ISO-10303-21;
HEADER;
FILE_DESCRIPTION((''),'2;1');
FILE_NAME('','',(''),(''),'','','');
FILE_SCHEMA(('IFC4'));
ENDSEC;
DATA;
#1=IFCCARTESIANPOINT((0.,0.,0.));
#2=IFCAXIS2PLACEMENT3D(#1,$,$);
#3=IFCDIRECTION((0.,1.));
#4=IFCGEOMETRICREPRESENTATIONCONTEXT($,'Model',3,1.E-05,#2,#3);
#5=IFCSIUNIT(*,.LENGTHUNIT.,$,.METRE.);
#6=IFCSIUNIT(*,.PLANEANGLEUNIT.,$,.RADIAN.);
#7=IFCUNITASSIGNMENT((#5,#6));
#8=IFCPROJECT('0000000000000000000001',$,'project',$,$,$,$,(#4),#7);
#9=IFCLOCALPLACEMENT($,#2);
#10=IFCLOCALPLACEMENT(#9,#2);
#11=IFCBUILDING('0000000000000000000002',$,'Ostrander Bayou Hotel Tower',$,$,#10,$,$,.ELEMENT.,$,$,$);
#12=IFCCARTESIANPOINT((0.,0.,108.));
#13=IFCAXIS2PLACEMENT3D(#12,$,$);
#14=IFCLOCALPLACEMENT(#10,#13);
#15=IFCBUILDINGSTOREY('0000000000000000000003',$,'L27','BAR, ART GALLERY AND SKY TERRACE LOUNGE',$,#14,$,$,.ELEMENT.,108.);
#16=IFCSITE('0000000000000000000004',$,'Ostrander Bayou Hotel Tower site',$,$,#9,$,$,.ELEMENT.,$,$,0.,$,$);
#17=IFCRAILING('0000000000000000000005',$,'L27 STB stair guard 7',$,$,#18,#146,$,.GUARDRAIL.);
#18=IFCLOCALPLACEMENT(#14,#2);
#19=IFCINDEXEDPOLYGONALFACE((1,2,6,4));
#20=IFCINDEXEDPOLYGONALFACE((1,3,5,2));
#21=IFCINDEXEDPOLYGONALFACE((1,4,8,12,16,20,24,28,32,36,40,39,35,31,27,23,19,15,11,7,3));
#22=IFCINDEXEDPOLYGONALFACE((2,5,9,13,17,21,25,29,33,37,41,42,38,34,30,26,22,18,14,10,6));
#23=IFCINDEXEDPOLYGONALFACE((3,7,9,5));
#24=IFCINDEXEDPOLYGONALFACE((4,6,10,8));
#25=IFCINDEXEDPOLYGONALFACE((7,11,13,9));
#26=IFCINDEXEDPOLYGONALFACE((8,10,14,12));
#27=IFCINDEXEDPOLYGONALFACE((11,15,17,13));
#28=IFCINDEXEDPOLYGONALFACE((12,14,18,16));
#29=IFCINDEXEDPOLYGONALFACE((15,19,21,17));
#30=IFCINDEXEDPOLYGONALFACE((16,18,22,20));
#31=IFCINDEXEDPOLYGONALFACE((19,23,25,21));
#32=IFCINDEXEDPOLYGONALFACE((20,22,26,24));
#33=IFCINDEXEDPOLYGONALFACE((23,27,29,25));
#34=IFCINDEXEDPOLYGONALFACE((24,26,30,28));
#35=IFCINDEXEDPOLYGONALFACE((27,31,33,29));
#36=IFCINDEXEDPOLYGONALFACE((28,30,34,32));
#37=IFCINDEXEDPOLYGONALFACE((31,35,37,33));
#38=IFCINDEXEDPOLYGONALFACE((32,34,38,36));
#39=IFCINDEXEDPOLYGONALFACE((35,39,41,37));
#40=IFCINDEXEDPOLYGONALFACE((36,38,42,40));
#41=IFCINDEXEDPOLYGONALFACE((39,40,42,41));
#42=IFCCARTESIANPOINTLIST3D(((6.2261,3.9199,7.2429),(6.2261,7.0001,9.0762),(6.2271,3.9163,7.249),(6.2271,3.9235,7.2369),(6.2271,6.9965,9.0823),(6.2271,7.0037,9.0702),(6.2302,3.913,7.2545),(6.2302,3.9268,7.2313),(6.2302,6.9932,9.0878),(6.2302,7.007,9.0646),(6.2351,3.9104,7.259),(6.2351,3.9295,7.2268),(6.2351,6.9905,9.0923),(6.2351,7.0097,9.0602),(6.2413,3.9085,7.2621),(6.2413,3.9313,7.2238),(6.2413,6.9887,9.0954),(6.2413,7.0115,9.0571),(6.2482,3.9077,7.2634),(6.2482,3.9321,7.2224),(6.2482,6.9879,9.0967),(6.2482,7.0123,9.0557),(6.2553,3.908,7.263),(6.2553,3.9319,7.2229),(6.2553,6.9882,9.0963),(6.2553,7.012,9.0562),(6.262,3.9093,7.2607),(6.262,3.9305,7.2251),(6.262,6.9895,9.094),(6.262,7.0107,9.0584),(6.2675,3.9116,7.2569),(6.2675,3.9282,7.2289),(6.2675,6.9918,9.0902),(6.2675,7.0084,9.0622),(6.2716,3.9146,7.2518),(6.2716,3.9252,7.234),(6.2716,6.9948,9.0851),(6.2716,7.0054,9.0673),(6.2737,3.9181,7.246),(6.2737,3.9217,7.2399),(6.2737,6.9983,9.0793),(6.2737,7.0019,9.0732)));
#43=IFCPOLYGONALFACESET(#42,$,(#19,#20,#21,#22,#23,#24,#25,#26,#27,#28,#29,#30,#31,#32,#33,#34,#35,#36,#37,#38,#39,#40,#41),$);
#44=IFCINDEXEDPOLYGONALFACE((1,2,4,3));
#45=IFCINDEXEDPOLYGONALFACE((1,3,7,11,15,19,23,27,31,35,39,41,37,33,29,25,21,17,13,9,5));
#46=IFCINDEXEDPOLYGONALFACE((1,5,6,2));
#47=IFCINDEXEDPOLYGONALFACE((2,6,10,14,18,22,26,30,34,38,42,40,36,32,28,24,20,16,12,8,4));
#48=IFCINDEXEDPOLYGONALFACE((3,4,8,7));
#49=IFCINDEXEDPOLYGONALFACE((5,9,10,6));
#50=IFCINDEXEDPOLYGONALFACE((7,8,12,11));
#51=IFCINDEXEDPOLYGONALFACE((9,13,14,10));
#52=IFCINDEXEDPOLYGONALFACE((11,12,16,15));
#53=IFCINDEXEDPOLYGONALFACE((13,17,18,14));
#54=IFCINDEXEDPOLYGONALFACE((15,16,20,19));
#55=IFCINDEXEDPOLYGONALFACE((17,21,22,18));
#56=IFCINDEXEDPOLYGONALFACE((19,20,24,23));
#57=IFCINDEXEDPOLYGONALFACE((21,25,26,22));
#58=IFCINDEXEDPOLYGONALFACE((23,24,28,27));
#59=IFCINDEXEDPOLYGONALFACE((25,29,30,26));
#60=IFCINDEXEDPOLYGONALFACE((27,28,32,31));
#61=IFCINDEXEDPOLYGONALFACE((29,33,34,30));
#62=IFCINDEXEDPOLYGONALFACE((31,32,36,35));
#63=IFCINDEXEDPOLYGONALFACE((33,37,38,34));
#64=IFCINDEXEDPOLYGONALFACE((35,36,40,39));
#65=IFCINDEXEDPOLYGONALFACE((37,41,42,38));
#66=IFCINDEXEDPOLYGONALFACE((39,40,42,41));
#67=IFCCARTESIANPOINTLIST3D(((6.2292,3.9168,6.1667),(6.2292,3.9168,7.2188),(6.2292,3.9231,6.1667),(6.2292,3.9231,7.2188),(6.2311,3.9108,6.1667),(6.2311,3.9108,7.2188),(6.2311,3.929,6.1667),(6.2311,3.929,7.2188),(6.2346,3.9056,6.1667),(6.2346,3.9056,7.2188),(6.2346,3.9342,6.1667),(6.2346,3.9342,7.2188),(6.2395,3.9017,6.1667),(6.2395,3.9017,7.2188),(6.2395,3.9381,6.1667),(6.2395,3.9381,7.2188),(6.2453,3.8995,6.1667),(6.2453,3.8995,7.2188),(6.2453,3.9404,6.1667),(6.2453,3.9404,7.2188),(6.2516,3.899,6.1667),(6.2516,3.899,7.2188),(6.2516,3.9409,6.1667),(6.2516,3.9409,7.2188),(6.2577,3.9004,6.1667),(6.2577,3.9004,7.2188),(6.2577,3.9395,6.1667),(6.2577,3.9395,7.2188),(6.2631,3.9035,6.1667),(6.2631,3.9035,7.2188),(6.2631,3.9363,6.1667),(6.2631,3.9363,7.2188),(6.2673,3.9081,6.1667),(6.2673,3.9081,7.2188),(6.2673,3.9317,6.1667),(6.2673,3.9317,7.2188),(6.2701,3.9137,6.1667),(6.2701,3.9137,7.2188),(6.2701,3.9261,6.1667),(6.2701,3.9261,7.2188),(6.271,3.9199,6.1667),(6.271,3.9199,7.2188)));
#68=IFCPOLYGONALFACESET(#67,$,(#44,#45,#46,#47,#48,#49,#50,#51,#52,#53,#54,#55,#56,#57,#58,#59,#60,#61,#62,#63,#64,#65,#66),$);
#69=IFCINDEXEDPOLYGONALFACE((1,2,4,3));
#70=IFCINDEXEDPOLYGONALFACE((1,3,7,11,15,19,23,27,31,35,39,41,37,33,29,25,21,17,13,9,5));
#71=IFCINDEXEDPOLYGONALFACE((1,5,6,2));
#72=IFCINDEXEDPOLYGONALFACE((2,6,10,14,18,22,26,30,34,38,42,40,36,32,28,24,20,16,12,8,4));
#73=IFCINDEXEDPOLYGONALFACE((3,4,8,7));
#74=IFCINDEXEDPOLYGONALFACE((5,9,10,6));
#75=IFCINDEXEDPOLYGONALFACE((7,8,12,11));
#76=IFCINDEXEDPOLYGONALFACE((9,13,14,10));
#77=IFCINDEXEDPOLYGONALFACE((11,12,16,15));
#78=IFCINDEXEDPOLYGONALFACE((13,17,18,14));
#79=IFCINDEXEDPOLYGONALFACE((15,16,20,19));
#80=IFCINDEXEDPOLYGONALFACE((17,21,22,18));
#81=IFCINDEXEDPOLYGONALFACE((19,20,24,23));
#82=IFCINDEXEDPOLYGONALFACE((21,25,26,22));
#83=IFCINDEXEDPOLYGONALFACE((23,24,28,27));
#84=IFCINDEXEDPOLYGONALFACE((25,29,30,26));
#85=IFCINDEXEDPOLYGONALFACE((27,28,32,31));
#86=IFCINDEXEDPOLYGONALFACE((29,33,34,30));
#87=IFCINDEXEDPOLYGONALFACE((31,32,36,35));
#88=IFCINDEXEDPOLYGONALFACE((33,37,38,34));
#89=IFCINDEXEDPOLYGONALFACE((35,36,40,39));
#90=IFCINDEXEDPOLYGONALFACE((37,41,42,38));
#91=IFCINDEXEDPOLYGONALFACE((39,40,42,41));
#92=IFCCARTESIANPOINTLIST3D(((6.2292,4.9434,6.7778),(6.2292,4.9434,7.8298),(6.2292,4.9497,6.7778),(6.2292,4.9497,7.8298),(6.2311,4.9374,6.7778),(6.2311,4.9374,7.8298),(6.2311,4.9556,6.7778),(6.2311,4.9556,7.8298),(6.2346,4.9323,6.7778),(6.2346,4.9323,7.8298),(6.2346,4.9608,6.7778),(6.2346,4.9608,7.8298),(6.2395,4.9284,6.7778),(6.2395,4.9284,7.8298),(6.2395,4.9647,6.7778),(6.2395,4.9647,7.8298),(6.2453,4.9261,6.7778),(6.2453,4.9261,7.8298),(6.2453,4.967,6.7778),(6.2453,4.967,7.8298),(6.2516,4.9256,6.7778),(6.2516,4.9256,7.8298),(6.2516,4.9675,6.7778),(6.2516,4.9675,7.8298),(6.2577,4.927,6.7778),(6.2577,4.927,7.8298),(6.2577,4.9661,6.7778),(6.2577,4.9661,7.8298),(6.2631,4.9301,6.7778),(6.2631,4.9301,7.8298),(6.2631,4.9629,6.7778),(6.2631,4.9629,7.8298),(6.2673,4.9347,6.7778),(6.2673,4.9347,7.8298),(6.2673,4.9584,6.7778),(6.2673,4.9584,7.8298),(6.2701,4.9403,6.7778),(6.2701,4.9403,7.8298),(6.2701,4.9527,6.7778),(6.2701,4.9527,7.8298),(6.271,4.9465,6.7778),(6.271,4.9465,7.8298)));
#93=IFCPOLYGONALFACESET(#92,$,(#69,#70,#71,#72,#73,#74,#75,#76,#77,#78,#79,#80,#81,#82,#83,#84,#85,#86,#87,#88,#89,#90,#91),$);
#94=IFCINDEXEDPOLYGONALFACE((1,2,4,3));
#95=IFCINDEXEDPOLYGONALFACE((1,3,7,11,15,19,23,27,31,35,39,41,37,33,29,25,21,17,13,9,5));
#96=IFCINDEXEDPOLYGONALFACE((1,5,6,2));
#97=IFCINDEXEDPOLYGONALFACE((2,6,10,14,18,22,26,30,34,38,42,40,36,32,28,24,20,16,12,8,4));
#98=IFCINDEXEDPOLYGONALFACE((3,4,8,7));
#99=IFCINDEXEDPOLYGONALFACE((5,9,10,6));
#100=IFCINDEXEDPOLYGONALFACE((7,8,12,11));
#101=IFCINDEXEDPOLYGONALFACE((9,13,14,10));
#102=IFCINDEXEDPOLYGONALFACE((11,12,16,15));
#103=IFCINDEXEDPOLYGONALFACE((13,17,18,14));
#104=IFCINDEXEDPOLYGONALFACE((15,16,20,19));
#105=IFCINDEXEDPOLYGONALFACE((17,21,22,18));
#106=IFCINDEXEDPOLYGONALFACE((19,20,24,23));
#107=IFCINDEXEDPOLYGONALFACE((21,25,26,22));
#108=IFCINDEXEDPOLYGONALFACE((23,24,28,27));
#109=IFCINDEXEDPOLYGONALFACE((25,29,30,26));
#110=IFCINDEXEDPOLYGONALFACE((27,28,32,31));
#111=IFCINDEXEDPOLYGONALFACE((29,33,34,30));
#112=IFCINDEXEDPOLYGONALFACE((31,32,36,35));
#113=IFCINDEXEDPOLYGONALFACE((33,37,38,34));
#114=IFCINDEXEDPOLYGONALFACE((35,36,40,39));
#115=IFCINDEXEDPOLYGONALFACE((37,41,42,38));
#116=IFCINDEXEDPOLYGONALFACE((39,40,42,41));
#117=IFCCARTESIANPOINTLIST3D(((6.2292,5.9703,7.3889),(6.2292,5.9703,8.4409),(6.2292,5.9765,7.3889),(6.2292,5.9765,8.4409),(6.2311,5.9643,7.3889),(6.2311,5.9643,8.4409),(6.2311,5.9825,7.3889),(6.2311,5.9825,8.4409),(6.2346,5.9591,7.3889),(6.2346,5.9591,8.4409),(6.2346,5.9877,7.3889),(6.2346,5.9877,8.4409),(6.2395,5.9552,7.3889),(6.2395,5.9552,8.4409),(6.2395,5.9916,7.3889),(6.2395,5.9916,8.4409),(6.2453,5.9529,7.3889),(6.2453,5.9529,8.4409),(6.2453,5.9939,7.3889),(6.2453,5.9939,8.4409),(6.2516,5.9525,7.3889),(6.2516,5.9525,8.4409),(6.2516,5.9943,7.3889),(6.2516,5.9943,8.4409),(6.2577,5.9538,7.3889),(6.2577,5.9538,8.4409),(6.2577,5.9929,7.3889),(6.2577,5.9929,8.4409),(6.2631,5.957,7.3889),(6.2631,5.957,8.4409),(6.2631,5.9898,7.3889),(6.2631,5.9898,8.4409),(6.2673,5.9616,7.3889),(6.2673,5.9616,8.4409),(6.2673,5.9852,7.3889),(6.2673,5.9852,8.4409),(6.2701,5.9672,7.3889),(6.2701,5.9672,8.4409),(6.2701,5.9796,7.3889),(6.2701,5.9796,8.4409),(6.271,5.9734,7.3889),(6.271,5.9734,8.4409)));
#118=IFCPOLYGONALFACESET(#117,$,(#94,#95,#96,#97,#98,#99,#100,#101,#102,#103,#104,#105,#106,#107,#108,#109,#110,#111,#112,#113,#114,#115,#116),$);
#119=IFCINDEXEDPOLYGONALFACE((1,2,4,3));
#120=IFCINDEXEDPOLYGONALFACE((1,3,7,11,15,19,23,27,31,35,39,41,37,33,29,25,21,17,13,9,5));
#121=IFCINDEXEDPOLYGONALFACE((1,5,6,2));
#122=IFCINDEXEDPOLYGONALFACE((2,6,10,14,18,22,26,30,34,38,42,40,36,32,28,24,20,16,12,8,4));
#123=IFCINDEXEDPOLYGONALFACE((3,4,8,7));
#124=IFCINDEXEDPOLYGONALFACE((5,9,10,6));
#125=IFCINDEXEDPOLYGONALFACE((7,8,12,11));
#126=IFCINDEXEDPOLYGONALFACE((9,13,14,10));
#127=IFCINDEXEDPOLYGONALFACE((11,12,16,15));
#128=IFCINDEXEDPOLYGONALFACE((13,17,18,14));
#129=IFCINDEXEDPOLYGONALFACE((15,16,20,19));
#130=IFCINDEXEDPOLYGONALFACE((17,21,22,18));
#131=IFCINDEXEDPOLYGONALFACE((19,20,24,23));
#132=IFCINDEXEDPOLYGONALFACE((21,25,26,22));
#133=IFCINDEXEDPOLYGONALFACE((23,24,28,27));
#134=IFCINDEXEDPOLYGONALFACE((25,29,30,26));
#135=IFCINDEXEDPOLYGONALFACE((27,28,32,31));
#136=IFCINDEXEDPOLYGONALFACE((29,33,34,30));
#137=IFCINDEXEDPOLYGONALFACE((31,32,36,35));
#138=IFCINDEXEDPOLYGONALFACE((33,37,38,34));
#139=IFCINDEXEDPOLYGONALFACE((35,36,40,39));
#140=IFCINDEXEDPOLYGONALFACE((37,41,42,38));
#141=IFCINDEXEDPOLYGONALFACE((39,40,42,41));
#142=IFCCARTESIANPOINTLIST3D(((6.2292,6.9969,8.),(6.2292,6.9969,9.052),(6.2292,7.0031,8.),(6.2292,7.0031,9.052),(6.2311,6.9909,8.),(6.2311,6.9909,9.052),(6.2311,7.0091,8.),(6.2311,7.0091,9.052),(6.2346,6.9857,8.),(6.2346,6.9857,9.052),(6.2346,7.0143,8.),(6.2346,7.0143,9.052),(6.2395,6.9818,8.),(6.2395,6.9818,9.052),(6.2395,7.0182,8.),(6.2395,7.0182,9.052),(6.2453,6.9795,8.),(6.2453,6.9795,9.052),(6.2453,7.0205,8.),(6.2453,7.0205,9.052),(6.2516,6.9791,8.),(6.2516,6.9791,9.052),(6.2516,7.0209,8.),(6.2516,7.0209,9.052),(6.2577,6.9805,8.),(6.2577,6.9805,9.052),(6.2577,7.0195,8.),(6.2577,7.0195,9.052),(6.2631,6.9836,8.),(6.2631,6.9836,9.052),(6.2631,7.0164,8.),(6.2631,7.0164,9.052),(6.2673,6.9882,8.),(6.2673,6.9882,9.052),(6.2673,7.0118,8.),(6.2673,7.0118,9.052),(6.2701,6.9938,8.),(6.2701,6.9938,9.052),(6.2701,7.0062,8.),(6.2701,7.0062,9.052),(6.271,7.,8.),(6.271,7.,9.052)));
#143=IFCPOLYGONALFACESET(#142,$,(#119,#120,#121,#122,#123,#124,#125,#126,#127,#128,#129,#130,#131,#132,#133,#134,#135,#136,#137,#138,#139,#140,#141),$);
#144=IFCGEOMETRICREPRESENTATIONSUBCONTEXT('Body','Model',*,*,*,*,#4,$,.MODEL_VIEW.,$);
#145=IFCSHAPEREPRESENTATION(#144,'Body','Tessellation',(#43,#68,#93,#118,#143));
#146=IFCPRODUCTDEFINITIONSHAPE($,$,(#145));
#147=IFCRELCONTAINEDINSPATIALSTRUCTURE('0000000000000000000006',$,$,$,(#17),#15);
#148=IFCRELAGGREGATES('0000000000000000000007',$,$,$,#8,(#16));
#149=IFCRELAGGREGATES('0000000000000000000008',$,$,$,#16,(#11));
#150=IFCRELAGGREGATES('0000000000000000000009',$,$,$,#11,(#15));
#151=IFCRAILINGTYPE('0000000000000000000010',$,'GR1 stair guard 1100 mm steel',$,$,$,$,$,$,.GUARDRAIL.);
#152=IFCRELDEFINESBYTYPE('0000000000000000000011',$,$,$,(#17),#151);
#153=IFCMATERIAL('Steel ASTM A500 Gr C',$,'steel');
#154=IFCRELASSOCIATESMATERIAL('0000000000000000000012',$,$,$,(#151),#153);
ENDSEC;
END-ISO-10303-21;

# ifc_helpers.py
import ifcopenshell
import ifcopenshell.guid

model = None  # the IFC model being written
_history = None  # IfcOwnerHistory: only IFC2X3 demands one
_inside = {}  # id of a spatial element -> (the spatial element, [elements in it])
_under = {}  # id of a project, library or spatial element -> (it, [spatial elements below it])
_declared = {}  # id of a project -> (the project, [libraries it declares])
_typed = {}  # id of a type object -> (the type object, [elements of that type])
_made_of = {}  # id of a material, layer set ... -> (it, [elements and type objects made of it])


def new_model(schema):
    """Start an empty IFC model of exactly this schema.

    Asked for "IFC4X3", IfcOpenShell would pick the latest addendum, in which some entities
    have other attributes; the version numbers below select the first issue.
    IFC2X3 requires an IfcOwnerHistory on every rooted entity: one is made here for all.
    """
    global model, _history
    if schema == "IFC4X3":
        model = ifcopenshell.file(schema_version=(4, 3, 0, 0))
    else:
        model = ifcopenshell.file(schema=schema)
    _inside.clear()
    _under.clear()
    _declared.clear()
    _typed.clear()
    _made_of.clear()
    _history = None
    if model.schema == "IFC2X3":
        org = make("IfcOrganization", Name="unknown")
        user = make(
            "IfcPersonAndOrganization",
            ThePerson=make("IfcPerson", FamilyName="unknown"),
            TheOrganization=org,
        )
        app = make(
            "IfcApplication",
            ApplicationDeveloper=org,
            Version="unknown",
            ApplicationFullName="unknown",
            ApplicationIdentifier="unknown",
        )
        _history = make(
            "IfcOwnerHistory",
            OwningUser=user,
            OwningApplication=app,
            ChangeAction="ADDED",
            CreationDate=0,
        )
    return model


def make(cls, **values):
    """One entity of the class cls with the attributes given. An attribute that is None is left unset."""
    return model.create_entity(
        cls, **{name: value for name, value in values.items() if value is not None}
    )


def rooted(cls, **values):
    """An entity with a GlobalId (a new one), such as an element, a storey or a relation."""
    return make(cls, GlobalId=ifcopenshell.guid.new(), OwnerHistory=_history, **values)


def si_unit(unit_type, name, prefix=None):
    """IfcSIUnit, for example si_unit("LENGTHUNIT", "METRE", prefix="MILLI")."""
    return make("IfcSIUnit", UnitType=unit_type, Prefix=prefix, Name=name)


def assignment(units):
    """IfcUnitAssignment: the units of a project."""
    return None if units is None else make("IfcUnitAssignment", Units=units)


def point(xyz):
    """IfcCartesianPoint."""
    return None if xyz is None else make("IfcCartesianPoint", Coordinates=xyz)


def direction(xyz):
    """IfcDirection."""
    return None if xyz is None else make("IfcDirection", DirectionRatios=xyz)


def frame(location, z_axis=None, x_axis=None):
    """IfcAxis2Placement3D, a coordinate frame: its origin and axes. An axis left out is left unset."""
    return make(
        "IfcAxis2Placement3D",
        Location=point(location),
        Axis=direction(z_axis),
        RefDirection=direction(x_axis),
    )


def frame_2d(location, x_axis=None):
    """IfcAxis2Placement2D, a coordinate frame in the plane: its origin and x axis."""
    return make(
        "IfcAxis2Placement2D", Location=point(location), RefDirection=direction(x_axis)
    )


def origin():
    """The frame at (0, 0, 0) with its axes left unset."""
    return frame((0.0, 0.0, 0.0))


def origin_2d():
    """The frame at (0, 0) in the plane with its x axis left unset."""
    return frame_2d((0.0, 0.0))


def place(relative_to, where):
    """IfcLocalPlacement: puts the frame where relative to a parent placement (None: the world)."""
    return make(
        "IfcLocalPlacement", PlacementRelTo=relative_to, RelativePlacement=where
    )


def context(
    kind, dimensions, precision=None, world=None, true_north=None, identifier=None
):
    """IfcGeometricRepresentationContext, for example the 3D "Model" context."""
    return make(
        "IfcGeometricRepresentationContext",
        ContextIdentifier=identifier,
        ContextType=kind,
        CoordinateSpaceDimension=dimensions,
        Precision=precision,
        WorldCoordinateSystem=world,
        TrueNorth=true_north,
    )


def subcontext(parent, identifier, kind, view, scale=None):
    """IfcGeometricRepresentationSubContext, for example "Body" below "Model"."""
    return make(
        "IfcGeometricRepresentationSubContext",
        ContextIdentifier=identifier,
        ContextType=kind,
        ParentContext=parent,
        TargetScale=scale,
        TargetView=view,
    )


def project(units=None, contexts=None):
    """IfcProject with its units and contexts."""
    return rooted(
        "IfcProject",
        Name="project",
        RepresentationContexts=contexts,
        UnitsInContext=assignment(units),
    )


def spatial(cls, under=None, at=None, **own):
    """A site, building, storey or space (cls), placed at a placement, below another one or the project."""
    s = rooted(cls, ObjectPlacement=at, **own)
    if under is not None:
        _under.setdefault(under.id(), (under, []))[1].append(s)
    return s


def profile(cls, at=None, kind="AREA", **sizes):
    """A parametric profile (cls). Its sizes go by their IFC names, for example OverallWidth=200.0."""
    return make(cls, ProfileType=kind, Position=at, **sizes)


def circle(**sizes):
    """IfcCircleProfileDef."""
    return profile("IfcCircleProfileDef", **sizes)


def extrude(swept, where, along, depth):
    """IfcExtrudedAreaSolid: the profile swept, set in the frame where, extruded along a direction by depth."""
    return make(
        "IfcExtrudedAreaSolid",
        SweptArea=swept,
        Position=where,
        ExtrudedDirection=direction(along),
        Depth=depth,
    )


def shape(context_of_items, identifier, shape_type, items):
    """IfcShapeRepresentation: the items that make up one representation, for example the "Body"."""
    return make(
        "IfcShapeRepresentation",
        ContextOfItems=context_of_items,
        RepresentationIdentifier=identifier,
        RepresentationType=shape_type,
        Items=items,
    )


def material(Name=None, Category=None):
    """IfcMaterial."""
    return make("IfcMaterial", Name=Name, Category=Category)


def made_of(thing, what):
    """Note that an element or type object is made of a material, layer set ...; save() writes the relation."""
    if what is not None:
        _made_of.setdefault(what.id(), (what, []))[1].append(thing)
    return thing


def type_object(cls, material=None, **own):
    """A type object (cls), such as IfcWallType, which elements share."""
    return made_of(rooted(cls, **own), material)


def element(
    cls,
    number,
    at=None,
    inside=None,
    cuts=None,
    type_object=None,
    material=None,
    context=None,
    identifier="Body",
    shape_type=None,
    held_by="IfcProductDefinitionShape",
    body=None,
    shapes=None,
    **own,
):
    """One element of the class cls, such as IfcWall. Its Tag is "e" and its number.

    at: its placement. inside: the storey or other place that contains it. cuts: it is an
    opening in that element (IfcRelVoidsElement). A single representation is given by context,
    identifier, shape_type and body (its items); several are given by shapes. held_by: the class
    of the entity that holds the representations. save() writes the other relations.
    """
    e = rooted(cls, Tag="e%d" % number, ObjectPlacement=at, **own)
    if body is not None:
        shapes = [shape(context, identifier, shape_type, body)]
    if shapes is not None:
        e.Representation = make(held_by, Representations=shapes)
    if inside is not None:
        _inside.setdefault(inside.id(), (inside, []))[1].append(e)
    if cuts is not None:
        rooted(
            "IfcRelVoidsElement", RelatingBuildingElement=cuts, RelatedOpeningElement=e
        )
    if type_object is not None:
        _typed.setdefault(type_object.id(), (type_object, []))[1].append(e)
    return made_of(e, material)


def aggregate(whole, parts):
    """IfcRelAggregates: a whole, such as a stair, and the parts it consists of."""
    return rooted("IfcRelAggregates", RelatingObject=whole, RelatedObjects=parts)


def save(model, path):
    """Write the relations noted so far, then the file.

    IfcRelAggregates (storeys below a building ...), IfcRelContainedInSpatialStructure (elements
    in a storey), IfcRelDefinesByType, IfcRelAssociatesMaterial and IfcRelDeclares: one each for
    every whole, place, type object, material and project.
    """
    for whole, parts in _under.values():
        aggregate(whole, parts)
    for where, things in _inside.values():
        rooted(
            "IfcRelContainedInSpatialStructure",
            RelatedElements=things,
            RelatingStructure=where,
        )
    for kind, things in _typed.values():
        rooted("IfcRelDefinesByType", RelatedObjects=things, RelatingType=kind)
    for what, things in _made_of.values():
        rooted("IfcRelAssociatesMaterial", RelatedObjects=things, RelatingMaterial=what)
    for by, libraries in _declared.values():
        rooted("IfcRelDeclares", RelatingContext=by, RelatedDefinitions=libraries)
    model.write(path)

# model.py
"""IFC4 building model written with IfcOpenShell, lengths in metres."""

from ifc_helpers import new_model, si_unit, direction, frame, origin, origin_2d, place, context, subcontext, project, spatial, circle, extrude, material, type_object, element, save


model = new_model("IFC4")

# Units and contexts
model_context = context("Model", 3, precision=1e-05, world=origin(), true_north=direction((0.0, 1.0)))
body_context = subcontext(model_context, "Body", "Model", "MODEL_VIEW")
ifc_project = project(units=[si_unit("LENGTHUNIT", "METRE"), si_unit("PLANEANGLEUNIT", "RADIAN")], contexts=[model_context])

# Site, building, storey
site_placement = place(None, origin())
site = spatial("IfcSite", under=ifc_project, at=site_placement, Name="Ostrander Bayou Hotel Tower site", CompositionType="ELEMENT", RefElevation=0.0)
building_placement = place(site_placement, origin())
building = spatial("IfcBuilding", under=site, at=building_placement, Name="Ostrander Bayou Hotel Tower", CompositionType="ELEMENT")
storey_placement = place(building_placement, frame((0.0, 0.0, 108.0)))
storey = spatial("IfcBuildingStorey", under=building, at=storey_placement, Name="L27", Description="BAR, ART GALLERY AND SKY TERRACE LOUNGE", CompositionType="ELEMENT", Elevation=108.0)

# Railing
ifc_material_1 = material(Name="Steel ASTM A500 Gr C", Category="steel")
railing_type_1 = type_object("IfcRailingType", Name="GR1 stair guard 1100 mm steel", PredefinedType="GUARDRAIL", material=ifc_material_1)
railing_1_placement = place(storey_placement, frame((6.25, 3.9199, 6.1667)))
element("IfcRailing", 1, at=railing_1_placement, inside=storey, type_object=railing_type_1, Name="L27 STB stair guard 7", PredefinedType="GUARDRAIL", context=body_context, shape_type="SweptSolid", body=[
    extrude(circle(Radius=0.0239, at=origin_2d()), frame((0.0, 0.0, 1.0762), z_axis=(0.0, 0.859309, 0.511458), x_axis=(-1.0, 0.0, 0.0)), (0.0, 0.0, 1.0), 3.5845),
    extrude(circle(Radius=0.021, at=origin_2d()), origin(), (0.0, 0.0, 1.0), 1.052),
    extrude(circle(Radius=0.021, at=origin_2d()), frame((0.0, 1.0266, 0.6111)), (0.0, 0.0, 1.0), 1.052),
    extrude(circle(Radius=0.021, at=origin_2d()), frame((0.0, 2.0535, 1.2222)), (0.0, 0.0, 1.0), 1.052),
    extrude(circle(Radius=0.021, at=origin_2d()), frame((0.0, 3.0801, 1.8333)), (0.0, 0.0, 1.0), 1.052),
])

save(model, "model.ifc")
